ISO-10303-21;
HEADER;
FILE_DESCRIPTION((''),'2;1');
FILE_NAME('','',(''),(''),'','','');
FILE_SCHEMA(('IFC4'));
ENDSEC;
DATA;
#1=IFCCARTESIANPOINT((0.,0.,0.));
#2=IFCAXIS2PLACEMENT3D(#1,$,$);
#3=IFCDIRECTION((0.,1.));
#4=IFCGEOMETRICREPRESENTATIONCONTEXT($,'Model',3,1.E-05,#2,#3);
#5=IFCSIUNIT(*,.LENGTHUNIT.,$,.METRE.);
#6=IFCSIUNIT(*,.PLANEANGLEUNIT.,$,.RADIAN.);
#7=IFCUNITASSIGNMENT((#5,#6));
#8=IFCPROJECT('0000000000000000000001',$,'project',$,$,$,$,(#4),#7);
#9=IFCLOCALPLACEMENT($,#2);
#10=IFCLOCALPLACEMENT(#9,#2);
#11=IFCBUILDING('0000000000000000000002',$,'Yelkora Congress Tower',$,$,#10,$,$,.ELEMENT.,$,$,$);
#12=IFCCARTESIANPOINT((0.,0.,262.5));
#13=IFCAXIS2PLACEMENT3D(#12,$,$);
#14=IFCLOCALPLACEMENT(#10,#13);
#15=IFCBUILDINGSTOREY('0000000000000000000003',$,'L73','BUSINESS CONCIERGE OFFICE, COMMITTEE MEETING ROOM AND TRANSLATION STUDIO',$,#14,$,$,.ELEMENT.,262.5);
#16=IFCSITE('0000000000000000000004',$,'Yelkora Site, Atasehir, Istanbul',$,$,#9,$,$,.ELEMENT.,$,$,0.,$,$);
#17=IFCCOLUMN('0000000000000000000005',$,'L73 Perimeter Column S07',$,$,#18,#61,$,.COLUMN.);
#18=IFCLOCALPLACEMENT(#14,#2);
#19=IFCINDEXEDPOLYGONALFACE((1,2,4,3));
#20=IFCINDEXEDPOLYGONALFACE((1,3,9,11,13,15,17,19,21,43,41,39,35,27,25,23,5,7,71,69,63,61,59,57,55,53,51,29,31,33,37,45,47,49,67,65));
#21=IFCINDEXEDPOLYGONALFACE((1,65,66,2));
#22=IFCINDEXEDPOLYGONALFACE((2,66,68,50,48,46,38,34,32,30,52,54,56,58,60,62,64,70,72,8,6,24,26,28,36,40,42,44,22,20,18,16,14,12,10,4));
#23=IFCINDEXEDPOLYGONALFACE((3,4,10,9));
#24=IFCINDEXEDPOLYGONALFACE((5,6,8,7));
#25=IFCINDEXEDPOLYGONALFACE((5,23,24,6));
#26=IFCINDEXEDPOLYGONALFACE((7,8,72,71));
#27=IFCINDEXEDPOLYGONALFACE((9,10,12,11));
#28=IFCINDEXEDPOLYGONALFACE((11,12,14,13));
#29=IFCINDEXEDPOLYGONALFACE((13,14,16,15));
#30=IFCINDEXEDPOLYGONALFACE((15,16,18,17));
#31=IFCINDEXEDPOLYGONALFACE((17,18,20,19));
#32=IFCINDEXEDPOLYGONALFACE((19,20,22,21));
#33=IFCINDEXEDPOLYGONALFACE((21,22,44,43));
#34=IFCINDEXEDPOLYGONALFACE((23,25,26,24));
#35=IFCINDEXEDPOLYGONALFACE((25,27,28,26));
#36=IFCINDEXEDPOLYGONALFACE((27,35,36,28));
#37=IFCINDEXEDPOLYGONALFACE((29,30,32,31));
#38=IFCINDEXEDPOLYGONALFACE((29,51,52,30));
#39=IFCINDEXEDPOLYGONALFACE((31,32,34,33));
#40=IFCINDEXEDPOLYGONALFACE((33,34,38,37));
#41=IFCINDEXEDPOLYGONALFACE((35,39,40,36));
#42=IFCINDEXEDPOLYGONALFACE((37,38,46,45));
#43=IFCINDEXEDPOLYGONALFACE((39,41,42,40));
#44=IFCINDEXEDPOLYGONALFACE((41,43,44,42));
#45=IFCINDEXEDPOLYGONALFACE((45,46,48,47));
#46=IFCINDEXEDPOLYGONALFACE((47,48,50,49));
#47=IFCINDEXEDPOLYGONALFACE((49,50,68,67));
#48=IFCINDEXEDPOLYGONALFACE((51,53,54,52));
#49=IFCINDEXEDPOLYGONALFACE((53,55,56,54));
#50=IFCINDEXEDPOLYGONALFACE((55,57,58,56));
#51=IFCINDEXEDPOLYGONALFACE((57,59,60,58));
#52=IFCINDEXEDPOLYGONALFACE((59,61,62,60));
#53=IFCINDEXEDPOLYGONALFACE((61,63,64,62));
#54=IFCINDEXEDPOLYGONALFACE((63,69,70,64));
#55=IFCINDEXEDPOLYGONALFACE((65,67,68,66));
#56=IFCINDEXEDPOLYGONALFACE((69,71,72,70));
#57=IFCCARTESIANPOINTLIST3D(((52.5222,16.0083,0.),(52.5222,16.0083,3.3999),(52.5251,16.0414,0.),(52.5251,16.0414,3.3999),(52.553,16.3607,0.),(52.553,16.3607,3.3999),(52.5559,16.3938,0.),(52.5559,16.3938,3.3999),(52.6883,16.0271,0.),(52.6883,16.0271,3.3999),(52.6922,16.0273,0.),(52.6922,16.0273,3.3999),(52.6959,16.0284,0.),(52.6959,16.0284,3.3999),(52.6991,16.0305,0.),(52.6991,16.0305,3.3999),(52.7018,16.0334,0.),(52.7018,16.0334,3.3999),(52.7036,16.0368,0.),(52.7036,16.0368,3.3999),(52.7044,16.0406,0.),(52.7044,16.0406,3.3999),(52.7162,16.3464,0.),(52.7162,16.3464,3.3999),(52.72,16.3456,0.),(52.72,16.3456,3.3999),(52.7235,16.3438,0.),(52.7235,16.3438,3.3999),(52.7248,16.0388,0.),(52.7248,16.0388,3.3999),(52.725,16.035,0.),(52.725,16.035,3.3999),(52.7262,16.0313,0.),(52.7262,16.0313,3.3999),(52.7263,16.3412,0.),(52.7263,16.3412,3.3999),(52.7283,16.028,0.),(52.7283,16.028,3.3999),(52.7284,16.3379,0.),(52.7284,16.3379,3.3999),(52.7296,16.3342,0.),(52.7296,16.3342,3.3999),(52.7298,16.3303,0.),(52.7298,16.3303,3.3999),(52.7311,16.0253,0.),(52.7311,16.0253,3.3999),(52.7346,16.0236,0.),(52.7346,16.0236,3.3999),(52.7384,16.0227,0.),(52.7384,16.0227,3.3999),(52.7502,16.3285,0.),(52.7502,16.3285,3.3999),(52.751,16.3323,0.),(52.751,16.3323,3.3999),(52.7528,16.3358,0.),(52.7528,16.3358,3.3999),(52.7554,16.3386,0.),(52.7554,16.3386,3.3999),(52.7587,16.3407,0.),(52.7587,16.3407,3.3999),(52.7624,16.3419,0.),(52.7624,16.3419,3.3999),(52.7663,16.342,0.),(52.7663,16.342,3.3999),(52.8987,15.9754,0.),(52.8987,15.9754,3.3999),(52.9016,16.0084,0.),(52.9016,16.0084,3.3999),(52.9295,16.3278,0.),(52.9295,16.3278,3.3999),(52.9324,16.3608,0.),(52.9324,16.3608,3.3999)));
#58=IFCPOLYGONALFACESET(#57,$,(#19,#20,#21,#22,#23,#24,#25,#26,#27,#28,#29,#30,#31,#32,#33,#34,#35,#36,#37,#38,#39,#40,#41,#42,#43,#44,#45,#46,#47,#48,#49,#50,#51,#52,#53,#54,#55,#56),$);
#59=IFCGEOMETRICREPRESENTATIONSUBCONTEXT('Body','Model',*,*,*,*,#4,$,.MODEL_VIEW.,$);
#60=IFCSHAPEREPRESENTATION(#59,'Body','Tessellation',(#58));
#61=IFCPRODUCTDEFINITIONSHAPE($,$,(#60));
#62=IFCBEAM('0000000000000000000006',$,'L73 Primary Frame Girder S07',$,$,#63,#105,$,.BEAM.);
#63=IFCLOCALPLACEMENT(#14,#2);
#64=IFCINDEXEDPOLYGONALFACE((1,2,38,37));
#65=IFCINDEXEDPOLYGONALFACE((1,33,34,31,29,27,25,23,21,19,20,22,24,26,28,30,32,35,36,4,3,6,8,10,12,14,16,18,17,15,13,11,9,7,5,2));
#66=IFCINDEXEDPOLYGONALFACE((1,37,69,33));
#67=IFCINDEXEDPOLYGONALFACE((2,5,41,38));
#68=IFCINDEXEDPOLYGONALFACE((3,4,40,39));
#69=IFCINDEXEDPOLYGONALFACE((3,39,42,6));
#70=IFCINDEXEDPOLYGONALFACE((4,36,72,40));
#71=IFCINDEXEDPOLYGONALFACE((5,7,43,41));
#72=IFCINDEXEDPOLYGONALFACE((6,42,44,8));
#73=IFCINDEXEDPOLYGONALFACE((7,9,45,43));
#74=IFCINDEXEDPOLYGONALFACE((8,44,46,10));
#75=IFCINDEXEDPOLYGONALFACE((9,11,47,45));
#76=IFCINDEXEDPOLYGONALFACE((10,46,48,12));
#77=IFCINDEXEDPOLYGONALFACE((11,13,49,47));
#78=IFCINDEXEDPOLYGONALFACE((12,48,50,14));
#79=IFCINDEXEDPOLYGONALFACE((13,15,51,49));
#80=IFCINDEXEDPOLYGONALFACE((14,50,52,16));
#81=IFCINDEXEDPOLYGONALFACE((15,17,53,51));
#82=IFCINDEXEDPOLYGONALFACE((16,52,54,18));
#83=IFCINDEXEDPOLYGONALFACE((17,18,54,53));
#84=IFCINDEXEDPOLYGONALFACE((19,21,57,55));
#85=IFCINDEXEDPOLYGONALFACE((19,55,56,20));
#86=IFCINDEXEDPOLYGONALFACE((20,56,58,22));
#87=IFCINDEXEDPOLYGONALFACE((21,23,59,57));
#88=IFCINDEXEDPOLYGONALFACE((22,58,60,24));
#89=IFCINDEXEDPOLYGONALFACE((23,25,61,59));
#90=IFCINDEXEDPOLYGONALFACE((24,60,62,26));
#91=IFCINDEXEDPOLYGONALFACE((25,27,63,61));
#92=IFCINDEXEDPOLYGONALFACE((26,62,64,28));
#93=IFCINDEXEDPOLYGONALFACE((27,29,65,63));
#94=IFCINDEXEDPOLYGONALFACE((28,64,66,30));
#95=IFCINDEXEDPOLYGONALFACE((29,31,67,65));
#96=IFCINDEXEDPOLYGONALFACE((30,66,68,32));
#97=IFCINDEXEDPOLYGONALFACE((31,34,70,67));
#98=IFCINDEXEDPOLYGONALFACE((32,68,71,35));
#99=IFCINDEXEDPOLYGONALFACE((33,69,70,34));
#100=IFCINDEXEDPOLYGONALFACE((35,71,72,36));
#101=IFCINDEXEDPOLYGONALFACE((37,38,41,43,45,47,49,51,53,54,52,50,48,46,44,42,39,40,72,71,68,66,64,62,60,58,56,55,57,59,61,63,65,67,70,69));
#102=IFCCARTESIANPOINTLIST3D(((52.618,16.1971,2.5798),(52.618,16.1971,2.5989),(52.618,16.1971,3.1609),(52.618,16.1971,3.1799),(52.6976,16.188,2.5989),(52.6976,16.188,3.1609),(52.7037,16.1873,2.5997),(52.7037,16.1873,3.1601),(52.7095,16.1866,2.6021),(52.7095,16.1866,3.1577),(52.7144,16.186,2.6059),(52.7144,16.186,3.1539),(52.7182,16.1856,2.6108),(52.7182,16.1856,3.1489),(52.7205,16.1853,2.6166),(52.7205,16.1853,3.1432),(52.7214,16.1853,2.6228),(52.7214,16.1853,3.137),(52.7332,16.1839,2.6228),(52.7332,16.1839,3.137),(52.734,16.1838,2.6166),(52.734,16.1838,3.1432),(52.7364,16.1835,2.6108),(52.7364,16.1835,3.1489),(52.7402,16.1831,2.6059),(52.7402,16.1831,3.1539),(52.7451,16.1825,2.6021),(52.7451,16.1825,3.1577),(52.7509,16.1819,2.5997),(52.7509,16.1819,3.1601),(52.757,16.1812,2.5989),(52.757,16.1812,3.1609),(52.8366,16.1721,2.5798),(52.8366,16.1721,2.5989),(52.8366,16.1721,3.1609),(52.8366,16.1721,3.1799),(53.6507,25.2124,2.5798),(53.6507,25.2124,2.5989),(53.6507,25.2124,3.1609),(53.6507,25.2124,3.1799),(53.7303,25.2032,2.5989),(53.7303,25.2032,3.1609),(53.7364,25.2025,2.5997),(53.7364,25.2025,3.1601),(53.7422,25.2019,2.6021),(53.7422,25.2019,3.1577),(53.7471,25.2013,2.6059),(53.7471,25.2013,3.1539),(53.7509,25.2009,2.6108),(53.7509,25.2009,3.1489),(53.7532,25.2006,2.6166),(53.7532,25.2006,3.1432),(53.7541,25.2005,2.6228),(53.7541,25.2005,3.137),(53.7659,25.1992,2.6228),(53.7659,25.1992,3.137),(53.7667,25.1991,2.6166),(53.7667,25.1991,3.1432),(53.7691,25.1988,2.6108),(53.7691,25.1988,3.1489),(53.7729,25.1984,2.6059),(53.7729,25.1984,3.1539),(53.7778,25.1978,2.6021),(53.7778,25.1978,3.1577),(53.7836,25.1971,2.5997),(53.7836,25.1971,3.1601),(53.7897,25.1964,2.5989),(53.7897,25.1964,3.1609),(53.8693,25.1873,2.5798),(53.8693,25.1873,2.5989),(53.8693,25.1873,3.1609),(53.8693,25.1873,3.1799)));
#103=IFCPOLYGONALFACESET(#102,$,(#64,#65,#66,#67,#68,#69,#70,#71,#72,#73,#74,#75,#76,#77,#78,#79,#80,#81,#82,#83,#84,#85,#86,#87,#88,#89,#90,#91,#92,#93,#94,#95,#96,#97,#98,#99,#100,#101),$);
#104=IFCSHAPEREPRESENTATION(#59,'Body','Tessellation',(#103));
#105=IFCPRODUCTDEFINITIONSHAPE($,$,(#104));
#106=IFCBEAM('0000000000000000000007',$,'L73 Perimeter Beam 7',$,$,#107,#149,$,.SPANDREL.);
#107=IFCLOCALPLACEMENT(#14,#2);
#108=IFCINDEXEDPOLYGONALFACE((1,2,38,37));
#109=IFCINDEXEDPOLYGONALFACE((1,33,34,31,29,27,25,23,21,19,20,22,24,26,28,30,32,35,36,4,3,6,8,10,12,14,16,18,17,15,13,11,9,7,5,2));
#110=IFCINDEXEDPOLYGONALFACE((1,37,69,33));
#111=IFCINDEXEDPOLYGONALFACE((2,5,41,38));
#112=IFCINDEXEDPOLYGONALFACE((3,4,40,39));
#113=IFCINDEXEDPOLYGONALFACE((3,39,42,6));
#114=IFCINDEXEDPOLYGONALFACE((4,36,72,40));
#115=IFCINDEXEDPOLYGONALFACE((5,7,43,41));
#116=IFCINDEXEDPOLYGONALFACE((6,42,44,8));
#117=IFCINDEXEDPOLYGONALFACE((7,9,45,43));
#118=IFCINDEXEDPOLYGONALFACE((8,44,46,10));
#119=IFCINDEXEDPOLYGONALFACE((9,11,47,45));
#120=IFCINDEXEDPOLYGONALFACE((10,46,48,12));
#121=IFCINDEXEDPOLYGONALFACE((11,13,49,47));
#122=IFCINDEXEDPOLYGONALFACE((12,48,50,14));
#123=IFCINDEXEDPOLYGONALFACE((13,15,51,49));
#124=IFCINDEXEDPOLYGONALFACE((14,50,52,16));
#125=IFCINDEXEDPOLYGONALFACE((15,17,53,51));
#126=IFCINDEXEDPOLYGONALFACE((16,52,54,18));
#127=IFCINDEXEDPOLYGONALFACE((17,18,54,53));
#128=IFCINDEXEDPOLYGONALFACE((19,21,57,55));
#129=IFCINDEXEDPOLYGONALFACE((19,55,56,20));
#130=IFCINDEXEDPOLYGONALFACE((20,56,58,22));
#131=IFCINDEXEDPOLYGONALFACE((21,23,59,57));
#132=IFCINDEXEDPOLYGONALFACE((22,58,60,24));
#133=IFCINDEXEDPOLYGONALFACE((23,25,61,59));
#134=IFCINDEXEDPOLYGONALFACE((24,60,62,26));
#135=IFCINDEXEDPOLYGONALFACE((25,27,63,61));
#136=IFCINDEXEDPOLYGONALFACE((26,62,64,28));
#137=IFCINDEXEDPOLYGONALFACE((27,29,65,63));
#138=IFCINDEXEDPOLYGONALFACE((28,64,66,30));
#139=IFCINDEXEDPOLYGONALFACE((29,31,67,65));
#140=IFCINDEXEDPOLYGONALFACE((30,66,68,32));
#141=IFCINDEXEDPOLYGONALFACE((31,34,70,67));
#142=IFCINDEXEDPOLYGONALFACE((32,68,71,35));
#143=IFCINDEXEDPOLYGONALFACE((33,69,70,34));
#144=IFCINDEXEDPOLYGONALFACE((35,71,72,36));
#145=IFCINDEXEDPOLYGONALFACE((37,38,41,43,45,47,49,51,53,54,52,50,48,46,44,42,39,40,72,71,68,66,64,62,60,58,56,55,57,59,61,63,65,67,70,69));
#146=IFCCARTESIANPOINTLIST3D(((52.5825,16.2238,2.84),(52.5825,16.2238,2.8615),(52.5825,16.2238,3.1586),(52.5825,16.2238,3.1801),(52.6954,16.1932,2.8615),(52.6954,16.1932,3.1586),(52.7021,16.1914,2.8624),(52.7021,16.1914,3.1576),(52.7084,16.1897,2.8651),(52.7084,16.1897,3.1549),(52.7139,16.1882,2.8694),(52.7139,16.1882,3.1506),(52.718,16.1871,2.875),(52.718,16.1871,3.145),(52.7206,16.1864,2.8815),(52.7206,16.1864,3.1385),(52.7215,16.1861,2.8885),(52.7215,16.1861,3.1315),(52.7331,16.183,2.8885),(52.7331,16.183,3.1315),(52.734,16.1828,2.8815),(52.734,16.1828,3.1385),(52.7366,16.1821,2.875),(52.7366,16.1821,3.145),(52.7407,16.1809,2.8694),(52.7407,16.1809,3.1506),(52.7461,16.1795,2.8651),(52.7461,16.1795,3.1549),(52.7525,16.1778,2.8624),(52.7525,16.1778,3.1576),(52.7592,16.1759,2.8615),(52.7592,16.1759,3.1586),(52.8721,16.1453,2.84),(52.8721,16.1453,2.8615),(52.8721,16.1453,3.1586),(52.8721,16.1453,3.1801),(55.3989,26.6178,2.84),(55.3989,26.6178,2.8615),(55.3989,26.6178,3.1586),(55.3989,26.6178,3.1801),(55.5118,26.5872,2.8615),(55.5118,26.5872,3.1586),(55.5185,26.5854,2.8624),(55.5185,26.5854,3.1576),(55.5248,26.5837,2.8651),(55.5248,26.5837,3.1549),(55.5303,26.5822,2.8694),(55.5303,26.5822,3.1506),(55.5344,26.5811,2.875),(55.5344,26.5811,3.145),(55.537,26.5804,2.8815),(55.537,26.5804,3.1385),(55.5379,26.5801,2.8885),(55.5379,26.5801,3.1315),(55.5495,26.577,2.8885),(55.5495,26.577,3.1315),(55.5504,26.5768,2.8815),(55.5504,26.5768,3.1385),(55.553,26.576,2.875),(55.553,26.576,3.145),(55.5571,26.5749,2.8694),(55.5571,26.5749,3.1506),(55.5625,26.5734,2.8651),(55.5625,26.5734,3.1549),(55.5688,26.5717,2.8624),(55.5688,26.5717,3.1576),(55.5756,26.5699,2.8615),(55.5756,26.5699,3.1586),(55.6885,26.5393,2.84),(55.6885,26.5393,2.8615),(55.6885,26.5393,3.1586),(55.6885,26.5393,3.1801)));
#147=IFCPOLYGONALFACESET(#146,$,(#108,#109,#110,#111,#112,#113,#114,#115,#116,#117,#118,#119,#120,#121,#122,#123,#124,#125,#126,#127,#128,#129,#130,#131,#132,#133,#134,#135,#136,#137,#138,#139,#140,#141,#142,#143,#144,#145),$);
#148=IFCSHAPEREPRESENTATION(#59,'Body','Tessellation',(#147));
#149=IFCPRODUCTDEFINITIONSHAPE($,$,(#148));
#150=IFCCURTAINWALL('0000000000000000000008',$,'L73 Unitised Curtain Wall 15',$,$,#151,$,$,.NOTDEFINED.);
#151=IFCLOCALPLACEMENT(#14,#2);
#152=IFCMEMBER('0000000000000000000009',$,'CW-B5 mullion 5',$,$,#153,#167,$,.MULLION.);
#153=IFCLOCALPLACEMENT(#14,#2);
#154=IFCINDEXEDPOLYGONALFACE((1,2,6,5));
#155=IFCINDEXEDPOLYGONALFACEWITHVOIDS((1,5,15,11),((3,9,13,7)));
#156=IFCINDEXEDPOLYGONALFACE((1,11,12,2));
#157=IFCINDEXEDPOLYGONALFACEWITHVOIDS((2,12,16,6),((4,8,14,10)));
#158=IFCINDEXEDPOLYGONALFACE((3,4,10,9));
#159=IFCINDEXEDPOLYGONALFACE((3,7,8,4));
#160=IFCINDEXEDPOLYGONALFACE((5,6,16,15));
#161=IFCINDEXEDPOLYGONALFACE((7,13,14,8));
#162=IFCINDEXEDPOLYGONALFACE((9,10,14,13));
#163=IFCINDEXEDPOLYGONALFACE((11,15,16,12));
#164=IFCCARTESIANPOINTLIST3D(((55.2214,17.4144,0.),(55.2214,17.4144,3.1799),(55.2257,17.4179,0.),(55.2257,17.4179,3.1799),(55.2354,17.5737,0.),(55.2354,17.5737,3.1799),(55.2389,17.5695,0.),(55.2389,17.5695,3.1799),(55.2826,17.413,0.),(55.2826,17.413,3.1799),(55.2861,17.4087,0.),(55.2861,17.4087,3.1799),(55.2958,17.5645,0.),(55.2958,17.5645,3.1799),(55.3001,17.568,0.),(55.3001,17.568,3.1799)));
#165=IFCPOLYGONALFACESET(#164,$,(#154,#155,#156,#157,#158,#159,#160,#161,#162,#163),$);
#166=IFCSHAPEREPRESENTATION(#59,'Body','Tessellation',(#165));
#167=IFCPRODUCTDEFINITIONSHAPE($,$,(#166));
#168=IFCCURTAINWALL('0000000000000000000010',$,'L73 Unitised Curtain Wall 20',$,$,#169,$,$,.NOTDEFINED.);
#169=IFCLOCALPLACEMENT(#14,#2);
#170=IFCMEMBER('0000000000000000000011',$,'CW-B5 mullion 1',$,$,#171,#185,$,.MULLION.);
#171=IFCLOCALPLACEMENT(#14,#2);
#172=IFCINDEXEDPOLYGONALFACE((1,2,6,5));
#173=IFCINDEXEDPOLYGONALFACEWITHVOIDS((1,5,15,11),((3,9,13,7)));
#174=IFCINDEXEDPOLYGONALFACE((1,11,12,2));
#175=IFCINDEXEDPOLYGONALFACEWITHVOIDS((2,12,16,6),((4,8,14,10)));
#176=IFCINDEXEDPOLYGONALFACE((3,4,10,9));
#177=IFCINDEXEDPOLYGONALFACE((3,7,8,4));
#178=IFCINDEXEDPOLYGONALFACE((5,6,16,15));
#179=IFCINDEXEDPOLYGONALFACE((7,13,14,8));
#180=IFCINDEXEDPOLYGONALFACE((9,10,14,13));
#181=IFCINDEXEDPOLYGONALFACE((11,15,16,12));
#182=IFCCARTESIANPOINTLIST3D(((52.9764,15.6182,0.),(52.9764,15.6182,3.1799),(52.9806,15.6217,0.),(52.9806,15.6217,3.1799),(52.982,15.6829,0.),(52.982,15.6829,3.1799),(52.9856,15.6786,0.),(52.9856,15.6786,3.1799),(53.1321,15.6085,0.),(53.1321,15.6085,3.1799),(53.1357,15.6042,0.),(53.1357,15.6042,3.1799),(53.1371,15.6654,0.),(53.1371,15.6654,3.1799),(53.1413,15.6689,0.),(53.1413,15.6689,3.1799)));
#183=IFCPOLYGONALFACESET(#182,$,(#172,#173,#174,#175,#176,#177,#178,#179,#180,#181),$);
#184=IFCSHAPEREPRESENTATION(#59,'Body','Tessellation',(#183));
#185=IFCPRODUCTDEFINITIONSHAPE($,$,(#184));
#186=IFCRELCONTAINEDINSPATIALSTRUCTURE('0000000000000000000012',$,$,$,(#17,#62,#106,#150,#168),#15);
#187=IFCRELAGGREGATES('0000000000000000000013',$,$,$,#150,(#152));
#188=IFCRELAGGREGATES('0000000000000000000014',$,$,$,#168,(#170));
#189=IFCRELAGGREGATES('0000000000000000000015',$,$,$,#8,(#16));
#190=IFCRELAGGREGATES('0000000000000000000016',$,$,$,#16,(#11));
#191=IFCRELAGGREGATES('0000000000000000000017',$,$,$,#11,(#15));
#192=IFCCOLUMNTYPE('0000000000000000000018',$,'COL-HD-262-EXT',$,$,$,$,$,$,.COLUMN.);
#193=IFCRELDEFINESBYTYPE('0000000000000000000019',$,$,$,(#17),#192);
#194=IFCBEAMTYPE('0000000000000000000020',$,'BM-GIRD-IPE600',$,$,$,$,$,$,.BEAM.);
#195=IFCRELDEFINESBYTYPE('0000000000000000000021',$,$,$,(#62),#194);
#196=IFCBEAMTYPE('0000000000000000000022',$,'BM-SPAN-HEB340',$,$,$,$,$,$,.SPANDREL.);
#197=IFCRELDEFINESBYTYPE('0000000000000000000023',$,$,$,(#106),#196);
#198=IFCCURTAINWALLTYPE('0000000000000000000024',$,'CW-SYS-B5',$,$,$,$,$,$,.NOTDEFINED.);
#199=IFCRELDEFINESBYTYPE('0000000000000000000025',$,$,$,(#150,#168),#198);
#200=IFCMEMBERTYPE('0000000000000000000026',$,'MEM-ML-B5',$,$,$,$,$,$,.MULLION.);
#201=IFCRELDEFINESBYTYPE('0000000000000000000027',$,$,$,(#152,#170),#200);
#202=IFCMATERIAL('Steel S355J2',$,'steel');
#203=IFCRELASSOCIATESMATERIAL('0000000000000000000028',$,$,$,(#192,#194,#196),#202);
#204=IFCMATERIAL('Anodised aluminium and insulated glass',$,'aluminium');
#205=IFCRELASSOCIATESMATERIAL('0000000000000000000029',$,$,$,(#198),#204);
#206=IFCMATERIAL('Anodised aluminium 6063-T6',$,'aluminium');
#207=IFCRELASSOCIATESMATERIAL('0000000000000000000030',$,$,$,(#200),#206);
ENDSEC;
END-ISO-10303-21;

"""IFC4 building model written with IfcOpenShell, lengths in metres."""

from ifc_helpers import new_model, si_unit, direction, frame, origin, origin_2d, place, context, subcontext, project, spatial, hollow_rectangle, i_section, extrude, material, material_profile, profile_set, type_object, element, aggregate, save


model = new_model("IFC4")

# Units and contexts
model_context = context("Model", 3, precision=1e-05, world=origin(), true_north=direction((0.0, 1.0)))
body_context = subcontext(model_context, "Body", "Model", "MODEL_VIEW")
ifc_project = project(units=[si_unit("LENGTHUNIT", "METRE"), si_unit("PLANEANGLEUNIT", "RADIAN")], contexts=[model_context])

# Site, building, storey
site_placement = place(None, origin())
site = spatial("IfcSite", under=ifc_project, at=site_placement, Name="Yelkora Site, Atasehir, Istanbul", CompositionType="ELEMENT", RefElevation=0.0)
building_placement = place(site_placement, origin())
building = spatial("IfcBuilding", under=site, at=building_placement, Name="Yelkora Congress Tower", CompositionType="ELEMENT")
storey_placement = place(building_placement, frame((0.0, 0.0, 262.5)))
storey = spatial("IfcBuildingStorey", under=building, at=storey_placement, Name="L73", Description="BUSINESS CONCIERGE OFFICE, COMMITTEE MEETING ROOM AND TRANSLATION STUDIO", CompositionType="ELEMENT", Elevation=262.5)

# Column
ifc_material_1 = material(Name="Steel S355J2", Category="steel")
ifc_material_profile_1 = material_profile(ifc_material_1, i_section(OverallWidth=0.3779, OverallDepth=0.387, WebThickness=0.0205, FlangeThickness=0.0332, FilletRadius=0.0149, at=origin_2d()), Name="HD 360x262")
ifc_profile_set_1 = profile_set([ifc_material_profile_1], Name="Steel S355J2")
column_type = type_object("IfcColumnType", Name="COL-HD-262-EXT", PredefinedType="COLUMN", material=ifc_profile_set_1)
column_placement = place(storey_placement, frame((52.7273, 16.1846, 0.0), z_axis=(0.0, 0.0, 1.0), x_axis=(0.996195, -0.087156, 0.0)))
element("IfcColumn", 1, at=column_placement, inside=storey, type_object=column_type, Name="L73 Perimeter Column S07", PredefinedType="COLUMN", context=body_context, shape_type="SweptSolid", body=[
    extrude(i_section(OverallWidth=0.3779, OverallDepth=0.387, WebThickness=0.0205, FlangeThickness=0.0332, FilletRadius=0.0149, at=origin_2d()), origin(), (0.0, 0.0, 1.0), 3.3999),
])

# Beams
ifc_material_profile_2 = material_profile(ifc_material_1, i_section(OverallWidth=0.22, OverallDepth=0.6001, WebThickness=0.012, FlangeThickness=0.019, FilletRadius=0.0239, at=origin_2d()), Name="IPE 600")
ifc_profile_set_2 = profile_set([ifc_material_profile_2], Name="Steel S355J2")
beam_type_1 = type_object("IfcBeamType", Name="BM-GIRD-IPE600", PredefinedType="BEAM", material=ifc_profile_set_2)
beam_1_placement = place(storey_placement, frame((52.7273, 16.1846, 2.8799), z_axis=(0.113806, 0.993503, 0.0), x_axis=(-0.993503, 0.113806, 0.0)))
element("IfcBeam", 2, at=beam_1_placement, inside=storey, type_object=beam_type_1, Name="L73 Primary Frame Girder S07", PredefinedType="BEAM", context=body_context, shape_type="SweptSolid", body=[
    extrude(i_section(OverallWidth=0.22, OverallDepth=0.6001, WebThickness=0.012, FlangeThickness=0.019, FilletRadius=0.0239, at=origin_2d()), origin(), (0.0, 0.0, 1.0), 9.0742),
])
ifc_material_profile_3 = material_profile(ifc_material_1, i_section(OverallWidth=0.3, OverallDepth=0.3401, WebThickness=0.012, FlangeThickness=0.0215, FilletRadius=0.0271, at=origin_2d()), Name="HEB 340")
ifc_profile_set_3 = profile_set([ifc_material_profile_3], Name="Steel S355J2")
beam_type_2 = type_object("IfcBeamType", Name="BM-SPAN-HEB340", PredefinedType="SPANDREL", material=ifc_profile_set_3)
beam_2_placement = place(storey_placement, frame((52.7273, 16.1846, 3.01), z_axis=(0.261533, 0.965195, 0.0), x_axis=(-0.965195, 0.261533, 0.0)))
element("IfcBeam", 3, at=beam_2_placement, inside=storey, type_object=beam_type_2, Name="L73 Perimeter Beam 7", PredefinedType="SPANDREL", context=body_context, shape_type="SweptSolid", body=[
    extrude(i_section(OverallWidth=0.3, OverallDepth=0.3401, WebThickness=0.012, FlangeThickness=0.0215, FilletRadius=0.0271, at=origin_2d()), origin(), (0.0, 0.0, 1.0), 10.7688),
])

# Curtain wall, member
ifc_material_2 = material(Name="Anodised aluminium and insulated glass", Category="aluminium")
curtain_wall_type = type_object("IfcCurtainWallType", Name="CW-SYS-B5", PredefinedType="NOTDEFINED", material=ifc_material_2)
curtain_wall_1_placement = place(storey_placement, origin())
curtain_wall_1 = element("IfcCurtainWall", 4, at=curtain_wall_1_placement, inside=storey, type_object=curtain_wall_type, Name="L73 Unitised Curtain Wall 15", PredefinedType="NOTDEFINED")
ifc_material_3 = material(Name="Anodised aluminium 6063-T6", Category="aluminium")
ifc_material_profile_4 = material_profile(ifc_material_3, hollow_rectangle(XDim=0.0649, YDim=0.1599, WallThickness=0.0039, at=origin_2d()), Name="ALU 65x160x4")
ifc_profile_set_4 = profile_set([ifc_material_profile_4], Name="Anodised aluminium 6063-T6")
member_type_1 = type_object("IfcMemberType", Name="MEM-ML-B5", PredefinedType="MULLION", material=ifc_profile_set_4)
member_1_placement = place(storey_placement, frame((55.2607, 17.4912, 0.0), z_axis=(0.0, 0.0, 1.0), x_axis=(0.996194, -0.087158, 0.0)))
member_1 = element("IfcMember", 5, at=member_1_placement, type_object=member_type_1, Name="CW-B5 mullion 5", PredefinedType="MULLION", context=body_context, shape_type="SweptSolid", body=[
    extrude(hollow_rectangle(XDim=0.0649, YDim=0.1599, WallThickness=0.0039, at=origin_2d()), origin(), (0.0, 0.0, 1.0), 3.1799),
])
aggregate(curtain_wall_1, [member_1])

# Curtain wall, member
curtain_wall_2_placement = place(storey_placement, origin())
curtain_wall_2 = element("IfcCurtainWall", 6, at=curtain_wall_2_placement, inside=storey, type_object=curtain_wall_type, Name="L73 Unitised Curtain Wall 20", PredefinedType="NOTDEFINED")
member_2_placement = place(storey_placement, frame((53.0588, 15.6436, 0.0), z_axis=(0.0, 0.0, 1.0), x_axis=(-0.087157, -0.996195, 0.0)))
member_2 = element("IfcMember", 7, at=member_2_placement, type_object=member_type_1, Name="CW-B5 mullion 1", PredefinedType="MULLION", context=body_context, shape_type="SweptSolid", body=[
    extrude(hollow_rectangle(XDim=0.0649, YDim=0.1599, WallThickness=0.0039, at=origin_2d()), origin(), (0.0, 0.0, 1.0), 3.1799),
])
aggregate(curtain_wall_2, [member_2])

save(model, "model.ifc")
